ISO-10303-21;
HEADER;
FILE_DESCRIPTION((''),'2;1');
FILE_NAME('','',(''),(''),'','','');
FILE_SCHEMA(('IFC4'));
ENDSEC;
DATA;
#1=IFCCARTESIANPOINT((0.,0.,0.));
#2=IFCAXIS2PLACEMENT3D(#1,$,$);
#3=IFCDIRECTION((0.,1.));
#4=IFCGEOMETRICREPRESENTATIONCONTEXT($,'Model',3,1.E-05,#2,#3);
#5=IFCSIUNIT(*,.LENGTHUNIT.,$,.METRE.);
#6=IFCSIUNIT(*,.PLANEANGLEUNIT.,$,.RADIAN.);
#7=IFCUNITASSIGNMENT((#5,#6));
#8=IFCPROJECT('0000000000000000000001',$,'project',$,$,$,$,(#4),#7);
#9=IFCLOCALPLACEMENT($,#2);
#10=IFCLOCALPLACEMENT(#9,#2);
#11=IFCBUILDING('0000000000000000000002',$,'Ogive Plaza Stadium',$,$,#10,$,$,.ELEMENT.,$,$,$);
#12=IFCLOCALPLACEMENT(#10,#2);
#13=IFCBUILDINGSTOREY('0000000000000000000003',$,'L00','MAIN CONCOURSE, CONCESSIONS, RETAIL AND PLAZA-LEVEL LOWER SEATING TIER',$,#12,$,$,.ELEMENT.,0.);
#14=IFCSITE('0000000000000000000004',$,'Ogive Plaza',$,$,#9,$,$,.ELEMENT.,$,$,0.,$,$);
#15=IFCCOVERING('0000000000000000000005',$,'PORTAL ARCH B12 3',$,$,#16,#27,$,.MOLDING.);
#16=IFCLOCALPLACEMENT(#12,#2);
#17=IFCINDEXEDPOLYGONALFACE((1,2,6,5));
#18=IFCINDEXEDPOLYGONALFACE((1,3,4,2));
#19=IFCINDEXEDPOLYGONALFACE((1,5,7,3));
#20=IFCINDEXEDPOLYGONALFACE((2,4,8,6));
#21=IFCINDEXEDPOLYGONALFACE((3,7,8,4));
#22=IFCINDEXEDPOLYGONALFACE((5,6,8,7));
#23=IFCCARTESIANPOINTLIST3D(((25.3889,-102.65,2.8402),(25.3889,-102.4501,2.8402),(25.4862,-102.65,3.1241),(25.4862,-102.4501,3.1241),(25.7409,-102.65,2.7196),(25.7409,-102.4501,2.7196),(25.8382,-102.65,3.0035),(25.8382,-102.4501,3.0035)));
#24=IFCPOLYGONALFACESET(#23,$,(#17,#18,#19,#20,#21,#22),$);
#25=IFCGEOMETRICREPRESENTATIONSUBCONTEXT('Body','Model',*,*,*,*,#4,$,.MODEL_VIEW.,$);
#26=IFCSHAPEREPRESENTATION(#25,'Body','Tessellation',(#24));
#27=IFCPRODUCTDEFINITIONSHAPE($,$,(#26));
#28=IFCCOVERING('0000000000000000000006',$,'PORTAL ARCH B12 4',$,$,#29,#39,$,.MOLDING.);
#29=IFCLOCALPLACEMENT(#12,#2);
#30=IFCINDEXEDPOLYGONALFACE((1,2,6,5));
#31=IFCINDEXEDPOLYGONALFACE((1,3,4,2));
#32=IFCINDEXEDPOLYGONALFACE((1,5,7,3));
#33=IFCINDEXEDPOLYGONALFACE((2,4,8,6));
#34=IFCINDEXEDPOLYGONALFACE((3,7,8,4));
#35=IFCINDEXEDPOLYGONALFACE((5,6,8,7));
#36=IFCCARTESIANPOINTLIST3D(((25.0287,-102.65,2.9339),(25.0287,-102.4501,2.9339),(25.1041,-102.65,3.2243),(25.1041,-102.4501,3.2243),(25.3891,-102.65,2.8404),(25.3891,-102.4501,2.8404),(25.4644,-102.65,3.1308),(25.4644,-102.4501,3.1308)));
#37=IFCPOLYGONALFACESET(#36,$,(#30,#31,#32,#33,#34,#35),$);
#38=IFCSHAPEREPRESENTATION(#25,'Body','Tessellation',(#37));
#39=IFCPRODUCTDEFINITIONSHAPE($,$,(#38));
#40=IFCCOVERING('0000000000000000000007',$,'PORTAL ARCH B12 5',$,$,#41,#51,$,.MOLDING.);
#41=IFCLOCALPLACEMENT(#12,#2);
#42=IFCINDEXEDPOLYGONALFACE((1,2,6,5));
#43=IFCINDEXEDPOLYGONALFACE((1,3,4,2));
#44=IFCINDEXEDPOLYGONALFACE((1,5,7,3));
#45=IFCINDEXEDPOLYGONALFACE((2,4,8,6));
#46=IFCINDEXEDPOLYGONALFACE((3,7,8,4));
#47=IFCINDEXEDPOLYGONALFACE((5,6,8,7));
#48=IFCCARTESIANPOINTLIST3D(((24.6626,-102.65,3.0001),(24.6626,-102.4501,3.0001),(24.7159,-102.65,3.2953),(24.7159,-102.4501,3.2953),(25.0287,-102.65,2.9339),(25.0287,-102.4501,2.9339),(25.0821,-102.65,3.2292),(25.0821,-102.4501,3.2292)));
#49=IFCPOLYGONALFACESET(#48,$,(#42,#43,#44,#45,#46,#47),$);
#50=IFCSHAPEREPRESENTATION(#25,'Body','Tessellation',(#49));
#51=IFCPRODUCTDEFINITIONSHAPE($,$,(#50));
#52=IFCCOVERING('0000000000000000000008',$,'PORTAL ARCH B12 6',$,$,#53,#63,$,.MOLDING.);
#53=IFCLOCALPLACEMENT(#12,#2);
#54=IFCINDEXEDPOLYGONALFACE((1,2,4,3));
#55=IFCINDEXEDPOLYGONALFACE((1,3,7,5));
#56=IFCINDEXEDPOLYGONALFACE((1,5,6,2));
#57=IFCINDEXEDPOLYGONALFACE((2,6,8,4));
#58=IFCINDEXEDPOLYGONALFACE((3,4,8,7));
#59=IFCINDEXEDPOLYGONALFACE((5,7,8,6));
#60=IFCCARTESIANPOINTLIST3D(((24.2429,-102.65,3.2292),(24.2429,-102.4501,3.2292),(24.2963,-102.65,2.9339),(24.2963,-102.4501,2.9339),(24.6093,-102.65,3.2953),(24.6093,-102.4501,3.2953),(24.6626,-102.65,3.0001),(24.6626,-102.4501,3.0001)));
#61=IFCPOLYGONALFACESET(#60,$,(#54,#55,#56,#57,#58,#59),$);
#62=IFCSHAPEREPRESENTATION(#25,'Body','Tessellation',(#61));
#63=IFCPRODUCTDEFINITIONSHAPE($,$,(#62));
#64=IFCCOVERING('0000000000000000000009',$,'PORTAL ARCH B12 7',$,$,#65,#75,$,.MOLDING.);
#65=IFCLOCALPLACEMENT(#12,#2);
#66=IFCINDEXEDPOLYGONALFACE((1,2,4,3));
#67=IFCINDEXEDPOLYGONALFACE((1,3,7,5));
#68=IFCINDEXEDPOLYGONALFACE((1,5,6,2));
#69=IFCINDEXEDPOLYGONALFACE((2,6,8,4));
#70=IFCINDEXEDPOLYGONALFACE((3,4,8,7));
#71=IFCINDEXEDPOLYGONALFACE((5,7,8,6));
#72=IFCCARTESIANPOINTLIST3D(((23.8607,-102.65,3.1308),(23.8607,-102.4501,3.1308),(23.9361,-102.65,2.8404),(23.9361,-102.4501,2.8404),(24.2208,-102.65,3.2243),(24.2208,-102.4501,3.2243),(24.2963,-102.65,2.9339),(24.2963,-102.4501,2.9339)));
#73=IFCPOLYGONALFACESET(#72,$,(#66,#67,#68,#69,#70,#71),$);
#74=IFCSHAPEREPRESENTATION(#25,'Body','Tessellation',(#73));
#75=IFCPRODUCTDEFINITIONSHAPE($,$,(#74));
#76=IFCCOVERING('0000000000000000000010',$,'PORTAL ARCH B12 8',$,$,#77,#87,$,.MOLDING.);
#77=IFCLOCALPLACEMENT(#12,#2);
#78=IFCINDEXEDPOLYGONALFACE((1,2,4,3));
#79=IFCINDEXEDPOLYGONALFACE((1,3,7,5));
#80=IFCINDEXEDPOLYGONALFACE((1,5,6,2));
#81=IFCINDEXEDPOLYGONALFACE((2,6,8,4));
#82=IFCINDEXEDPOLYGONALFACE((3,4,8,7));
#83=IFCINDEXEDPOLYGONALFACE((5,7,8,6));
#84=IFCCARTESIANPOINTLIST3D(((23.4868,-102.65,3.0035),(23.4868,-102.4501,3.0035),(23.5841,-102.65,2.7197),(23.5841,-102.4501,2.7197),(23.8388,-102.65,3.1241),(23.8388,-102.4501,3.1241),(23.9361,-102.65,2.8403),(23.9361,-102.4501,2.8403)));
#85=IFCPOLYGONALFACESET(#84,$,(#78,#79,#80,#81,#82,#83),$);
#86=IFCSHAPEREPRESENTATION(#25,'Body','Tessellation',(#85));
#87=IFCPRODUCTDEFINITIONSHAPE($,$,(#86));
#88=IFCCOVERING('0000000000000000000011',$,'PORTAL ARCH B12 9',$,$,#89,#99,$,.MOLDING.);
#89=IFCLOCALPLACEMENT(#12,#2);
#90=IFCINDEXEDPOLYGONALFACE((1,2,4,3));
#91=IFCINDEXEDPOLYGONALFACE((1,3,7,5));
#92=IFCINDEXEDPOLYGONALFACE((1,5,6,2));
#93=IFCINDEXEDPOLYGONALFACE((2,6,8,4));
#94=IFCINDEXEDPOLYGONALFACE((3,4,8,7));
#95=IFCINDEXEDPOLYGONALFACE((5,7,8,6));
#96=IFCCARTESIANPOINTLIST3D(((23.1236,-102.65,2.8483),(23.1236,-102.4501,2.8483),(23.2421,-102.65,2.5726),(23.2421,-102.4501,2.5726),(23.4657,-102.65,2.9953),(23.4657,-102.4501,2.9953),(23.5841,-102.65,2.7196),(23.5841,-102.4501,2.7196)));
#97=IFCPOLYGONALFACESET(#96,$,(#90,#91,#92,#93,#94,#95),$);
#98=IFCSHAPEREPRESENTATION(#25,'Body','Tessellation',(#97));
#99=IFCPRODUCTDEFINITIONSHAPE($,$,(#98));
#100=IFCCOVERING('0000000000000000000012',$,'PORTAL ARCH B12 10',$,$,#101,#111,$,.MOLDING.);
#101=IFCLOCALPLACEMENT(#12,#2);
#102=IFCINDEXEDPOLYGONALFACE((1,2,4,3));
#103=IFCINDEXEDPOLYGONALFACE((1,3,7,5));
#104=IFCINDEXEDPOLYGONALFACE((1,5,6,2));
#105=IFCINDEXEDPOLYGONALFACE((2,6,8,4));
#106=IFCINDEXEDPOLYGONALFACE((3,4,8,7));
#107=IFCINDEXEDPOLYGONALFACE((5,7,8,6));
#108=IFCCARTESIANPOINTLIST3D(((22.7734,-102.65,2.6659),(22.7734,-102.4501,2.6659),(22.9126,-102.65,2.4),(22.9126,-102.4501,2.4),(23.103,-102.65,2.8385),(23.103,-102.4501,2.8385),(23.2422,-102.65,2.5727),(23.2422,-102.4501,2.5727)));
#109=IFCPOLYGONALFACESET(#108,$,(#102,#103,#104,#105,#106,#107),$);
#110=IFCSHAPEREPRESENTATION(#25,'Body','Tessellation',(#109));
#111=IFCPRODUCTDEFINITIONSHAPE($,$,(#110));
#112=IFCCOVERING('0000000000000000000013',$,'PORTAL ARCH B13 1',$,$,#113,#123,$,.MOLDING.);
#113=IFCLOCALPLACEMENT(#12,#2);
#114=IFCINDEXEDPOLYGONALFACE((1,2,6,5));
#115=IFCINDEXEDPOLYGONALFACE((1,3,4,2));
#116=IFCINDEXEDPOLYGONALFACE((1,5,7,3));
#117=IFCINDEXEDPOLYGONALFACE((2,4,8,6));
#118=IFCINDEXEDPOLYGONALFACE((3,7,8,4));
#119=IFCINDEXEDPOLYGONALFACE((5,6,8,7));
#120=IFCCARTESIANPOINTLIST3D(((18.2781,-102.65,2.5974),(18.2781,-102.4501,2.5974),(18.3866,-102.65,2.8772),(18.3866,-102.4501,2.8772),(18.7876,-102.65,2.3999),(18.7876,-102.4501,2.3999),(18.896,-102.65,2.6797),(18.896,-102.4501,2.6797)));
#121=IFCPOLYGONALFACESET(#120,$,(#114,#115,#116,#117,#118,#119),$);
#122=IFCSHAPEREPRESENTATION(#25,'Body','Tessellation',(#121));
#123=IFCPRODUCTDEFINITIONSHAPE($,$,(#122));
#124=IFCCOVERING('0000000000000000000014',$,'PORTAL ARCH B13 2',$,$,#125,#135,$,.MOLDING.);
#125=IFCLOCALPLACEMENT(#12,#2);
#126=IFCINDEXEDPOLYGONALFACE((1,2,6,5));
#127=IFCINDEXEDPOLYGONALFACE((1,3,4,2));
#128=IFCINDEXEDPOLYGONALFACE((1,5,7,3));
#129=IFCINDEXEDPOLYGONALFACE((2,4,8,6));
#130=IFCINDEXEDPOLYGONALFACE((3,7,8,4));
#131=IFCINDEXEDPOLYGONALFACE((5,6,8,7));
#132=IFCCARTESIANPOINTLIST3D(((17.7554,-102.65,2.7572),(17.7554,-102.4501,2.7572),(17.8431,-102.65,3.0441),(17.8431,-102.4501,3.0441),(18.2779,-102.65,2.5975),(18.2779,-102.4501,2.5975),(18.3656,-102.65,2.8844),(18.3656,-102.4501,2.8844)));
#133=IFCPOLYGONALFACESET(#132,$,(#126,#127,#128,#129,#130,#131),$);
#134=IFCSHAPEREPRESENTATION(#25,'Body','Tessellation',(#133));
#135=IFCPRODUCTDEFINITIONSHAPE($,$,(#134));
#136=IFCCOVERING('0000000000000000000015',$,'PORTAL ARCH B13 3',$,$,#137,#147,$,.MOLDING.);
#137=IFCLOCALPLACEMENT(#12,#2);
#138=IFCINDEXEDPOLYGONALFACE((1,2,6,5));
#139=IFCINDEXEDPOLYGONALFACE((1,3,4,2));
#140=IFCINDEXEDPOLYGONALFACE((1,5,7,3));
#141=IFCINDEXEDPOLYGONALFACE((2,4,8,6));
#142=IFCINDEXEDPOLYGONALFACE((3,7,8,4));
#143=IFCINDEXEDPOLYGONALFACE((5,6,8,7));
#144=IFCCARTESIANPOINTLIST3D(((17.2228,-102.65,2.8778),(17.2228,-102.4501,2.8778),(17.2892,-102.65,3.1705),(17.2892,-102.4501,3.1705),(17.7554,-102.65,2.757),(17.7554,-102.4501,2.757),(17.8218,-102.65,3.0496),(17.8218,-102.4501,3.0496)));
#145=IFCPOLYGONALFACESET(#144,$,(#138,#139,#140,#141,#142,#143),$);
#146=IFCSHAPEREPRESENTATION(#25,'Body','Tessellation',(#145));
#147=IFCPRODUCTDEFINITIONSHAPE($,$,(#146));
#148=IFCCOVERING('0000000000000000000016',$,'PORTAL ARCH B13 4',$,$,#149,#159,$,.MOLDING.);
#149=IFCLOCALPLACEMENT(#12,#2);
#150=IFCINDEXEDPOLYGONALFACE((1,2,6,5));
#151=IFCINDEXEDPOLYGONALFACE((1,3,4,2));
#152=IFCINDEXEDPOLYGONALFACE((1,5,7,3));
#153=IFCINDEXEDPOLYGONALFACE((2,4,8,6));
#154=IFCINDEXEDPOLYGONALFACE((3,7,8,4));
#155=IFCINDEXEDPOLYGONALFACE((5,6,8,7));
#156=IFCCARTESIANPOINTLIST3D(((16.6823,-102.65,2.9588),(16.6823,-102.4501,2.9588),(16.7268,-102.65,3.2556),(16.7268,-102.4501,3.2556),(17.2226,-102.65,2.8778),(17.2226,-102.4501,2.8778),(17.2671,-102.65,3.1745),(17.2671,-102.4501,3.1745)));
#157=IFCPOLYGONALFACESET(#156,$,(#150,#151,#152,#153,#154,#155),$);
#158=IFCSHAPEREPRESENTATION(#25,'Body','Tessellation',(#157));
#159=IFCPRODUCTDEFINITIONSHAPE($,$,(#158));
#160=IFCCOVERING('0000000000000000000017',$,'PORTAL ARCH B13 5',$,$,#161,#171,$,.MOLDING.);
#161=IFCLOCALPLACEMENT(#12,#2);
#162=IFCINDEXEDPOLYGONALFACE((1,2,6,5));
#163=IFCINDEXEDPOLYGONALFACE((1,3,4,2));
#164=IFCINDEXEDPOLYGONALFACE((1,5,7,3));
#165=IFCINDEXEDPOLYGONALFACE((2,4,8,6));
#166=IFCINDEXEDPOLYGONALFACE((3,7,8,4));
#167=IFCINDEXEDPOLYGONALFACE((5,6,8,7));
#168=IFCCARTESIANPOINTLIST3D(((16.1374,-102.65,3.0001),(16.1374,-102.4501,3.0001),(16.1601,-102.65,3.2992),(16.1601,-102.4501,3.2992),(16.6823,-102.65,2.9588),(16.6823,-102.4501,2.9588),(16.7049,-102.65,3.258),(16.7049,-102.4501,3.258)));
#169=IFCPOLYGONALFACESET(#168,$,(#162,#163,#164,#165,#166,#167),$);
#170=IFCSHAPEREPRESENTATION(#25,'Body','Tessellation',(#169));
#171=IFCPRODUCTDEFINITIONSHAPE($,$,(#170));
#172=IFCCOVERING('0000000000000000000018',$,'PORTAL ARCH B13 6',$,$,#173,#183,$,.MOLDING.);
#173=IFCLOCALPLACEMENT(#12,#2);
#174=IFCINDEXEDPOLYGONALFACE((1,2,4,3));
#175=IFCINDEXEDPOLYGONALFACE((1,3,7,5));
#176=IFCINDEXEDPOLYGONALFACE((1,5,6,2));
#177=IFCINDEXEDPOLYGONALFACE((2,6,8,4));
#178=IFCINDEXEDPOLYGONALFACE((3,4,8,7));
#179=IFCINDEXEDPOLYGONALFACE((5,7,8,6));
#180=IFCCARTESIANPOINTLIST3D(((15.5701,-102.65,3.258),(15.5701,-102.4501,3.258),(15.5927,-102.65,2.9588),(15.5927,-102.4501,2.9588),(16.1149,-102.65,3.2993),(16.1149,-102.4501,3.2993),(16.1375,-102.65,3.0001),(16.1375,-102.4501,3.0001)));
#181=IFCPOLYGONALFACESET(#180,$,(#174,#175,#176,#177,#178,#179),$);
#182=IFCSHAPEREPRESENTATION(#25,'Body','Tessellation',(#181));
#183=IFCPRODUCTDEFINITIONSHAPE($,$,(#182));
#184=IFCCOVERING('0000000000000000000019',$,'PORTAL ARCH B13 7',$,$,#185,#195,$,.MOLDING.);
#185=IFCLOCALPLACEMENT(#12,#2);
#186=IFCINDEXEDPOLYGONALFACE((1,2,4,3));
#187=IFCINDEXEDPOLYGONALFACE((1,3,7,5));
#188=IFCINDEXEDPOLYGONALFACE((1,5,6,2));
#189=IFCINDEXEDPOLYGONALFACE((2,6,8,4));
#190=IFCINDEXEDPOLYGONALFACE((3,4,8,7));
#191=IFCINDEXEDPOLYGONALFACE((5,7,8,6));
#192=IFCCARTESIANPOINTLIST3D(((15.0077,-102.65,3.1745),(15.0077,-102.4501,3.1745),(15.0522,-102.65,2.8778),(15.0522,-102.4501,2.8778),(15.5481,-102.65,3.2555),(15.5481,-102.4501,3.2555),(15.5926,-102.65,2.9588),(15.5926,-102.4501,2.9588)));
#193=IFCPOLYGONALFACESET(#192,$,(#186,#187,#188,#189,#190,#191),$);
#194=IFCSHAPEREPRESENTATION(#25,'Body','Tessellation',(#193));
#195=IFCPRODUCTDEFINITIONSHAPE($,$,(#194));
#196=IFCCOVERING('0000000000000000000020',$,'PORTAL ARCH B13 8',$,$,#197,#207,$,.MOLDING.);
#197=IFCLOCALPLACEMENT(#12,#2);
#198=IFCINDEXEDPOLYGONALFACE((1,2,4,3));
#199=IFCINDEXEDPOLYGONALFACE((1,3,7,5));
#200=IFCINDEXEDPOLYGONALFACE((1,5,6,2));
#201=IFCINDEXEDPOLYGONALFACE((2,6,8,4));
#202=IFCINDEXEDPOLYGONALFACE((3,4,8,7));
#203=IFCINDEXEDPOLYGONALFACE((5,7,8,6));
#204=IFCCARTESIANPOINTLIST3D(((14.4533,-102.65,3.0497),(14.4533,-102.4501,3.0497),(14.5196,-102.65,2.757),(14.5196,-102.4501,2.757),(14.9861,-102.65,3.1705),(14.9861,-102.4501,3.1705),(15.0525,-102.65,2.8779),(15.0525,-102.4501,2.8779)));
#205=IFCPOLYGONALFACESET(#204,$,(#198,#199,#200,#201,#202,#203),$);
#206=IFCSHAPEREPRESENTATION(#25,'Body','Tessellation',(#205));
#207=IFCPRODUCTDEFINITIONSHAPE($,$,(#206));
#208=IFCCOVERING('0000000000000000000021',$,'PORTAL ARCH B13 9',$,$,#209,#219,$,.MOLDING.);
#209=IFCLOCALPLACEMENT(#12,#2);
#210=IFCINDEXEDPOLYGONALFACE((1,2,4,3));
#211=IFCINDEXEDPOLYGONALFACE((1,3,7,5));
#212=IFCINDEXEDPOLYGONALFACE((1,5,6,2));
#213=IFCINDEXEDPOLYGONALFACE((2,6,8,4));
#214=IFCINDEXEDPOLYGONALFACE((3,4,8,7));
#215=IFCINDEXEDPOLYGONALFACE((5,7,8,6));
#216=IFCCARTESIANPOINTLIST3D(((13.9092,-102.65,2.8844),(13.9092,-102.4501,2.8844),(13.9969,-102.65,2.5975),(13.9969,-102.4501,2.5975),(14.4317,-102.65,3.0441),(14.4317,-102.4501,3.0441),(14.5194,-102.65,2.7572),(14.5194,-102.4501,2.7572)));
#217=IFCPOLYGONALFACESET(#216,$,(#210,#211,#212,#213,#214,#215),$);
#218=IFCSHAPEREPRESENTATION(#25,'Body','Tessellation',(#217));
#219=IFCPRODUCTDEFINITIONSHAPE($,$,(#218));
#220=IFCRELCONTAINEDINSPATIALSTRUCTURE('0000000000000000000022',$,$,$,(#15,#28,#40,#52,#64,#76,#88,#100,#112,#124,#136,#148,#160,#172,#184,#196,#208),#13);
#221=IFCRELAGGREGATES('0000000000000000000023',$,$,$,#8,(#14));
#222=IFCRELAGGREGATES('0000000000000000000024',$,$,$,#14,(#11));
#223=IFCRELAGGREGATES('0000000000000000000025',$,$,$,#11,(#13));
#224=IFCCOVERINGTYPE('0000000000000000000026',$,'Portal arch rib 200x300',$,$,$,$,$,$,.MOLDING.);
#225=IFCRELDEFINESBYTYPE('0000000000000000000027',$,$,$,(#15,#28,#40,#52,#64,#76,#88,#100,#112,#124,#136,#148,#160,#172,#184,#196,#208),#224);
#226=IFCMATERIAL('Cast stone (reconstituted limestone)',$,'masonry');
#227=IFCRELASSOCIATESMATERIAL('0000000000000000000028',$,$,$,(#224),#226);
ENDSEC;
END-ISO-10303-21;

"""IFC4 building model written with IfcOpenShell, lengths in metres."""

from ifc_helpers import new_model, si_unit, direction, frame, origin, origin_2d, place, context, subcontext, project, spatial, rectangle, extrude, material, material_profile, profile_set, type_object, element, save


model = new_model("IFC4")

# Units and contexts
model_context = context("Model", 3, precision=1e-05, world=origin(), true_north=direction((0.0, 1.0)))
body_context = subcontext(model_context, "Body", "Model", "MODEL_VIEW")
ifc_project = project(units=[si_unit("LENGTHUNIT", "METRE"), si_unit("PLANEANGLEUNIT", "RADIAN")], contexts=[model_context])

# Site, building, storey
site_placement = place(None, origin())
site = spatial("IfcSite", under=ifc_project, at=site_placement, Name="Ogive Plaza", CompositionType="ELEMENT", RefElevation=0.0)
building_placement = place(site_placement, origin())
building = spatial("IfcBuilding", under=site, at=building_placement, Name="Ogive Plaza Stadium", CompositionType="ELEMENT")
storey_placement = place(building_placement, origin())
storey = spatial("IfcBuildingStorey", under=building, at=storey_placement, Name="L00", Description="MAIN CONCOURSE, CONCESSIONS, RETAIL AND PLAZA-LEVEL LOWER SEATING TIER", CompositionType="ELEMENT", Elevation=0.0)

# Coverings
ifc_material = material(Name="Cast stone (reconstituted limestone)", Category="masonry")
ifc_material_profile = material_profile(ifc_material, rectangle(XDim=0.2, YDim=0.3, at=origin_2d()), Name="Cast stone 200x300")
ifc_profile_set = profile_set([ifc_material_profile], Name="Cast stone (reconstituted limestone)")
covering_type = type_object("IfcCoveringType", Name="Portal arch rib 200x300", PredefinedType="MOLDING", material=ifc_profile_set)
covering_1_placement = place(storey_placement, frame((25.7896, -102.55, 2.8616), z_axis=(-0.946026, 0.0, 0.324089), x_axis=(0.0, -1.0, 0.0)))
element("IfcCovering", 1, at=covering_1_placement, inside=storey, type_object=covering_type, Name="PORTAL ARCH B12 3", PredefinedType="MOLDING", context=body_context, shape_type="SweptSolid", body=[
    extrude(rectangle(XDim=0.2, YDim=0.3, at=origin_2d()), origin(), (0.0, 0.0, 1.0), 0.3721),
])
covering_2_placement = place(storey_placement, frame((25.4268, -102.55, 2.9856), z_axis=(-0.967944, 0.0, 0.251167), x_axis=(0.0, -1.0, 0.0)))
element("IfcCovering", 2, at=covering_2_placement, inside=storey, type_object=covering_type, Name="PORTAL ARCH B12 4", PredefinedType="MOLDING", context=body_context, shape_type="SweptSolid", body=[
    extrude(rectangle(XDim=0.2, YDim=0.3, at=origin_2d()), origin(), (0.0, 0.0, 1.0), 0.3723),
])
covering_3_placement = place(storey_placement, frame((25.0554, -102.55, 3.0815), z_axis=(-0.984069, 0.0, 0.177788), x_axis=(0.0, -1.0, 0.0)))
element("IfcCovering", 3, at=covering_3_placement, inside=storey, type_object=covering_type, Name="PORTAL ARCH B12 5", PredefinedType="MOLDING", context=body_context, shape_type="SweptSolid", body=[
    extrude(rectangle(XDim=0.2, YDim=0.3, at=origin_2d()), origin(), (0.0, 0.0, 1.0), 0.3721),
])
covering_4_placement = place(storey_placement, frame((24.636, -102.55, 3.1477), z_axis=(-0.984089, 0.0, -0.177674), x_axis=(0.0, -1.0, 0.0)))
element("IfcCovering", 4, at=covering_4_placement, inside=storey, type_object=covering_type, Name="PORTAL ARCH B12 6", PredefinedType="MOLDING", context=body_context, shape_type="SweptSolid", body=[
    extrude(rectangle(XDim=0.2, YDim=0.3, at=origin_2d()), origin(), (0.0, 0.0, 1.0), 0.3723),
])
for number, where, z_axis, x_axis, name in (
    (5, (24.2585, -102.55, 3.0791), (-0.967902, 0.0, -0.251327), (0.0, -1.0, 0.0), "PORTAL ARCH B12 7"),
    (6, (23.8875, -102.55, 2.9822), (-0.946026, 0.0, -0.324089), (0.0, -1.0, 0.0), "PORTAL ARCH B12 8"),
):
    element("IfcCovering", number, at=place(storey_placement, frame(where, z_axis=z_axis, x_axis=x_axis)), inside=storey, type_object=covering_type, Name=name, PredefinedType="MOLDING", context=body_context, shape_type="SweptSolid", body=[
        extrude(rectangle(XDim=0.2, YDim=0.3, at=origin_2d()), origin(), (0.0, 0.0, 1.0), 0.3721),
    ])
covering_5_placement = place(storey_placement, frame((23.5249, -102.55, 2.8574), z_axis=(-0.918771, 0.0, -0.39479), x_axis=(0.0, -1.0, 0.0)))
element("IfcCovering", 7, at=covering_5_placement, inside=storey, type_object=covering_type, Name="PORTAL ARCH B12 9", PredefinedType="MOLDING", context=body_context, shape_type="SweptSolid", body=[
    extrude(rectangle(XDim=0.2, YDim=0.3, at=origin_2d()), origin(), (0.0, 0.0, 1.0), 0.3723),
])
covering_6_placement = place(storey_placement, frame((23.1726, -102.55, 2.7056), z_axis=(-0.88587, 0.0, -0.463933), x_axis=(0.0, -1.0, 0.0)))
element("IfcCovering", 8, at=covering_6_placement, inside=storey, type_object=covering_type, Name="PORTAL ARCH B12 10", PredefinedType="MOLDING", context=body_context, shape_type="SweptSolid", body=[
    extrude(rectangle(XDim=0.2, YDim=0.3, at=origin_2d()), origin(), (0.0, 0.0, 1.0), 0.3721),
])
for number, where, z_axis, x_axis, name in (
    (9, (18.8418, -102.55, 2.5398), (-0.932398, 0.0, 0.361433), (0.0, -1.0, 0.0), "PORTAL ARCH B13 1"),
    (10, (18.3218, -102.55, 2.741), (-0.956338, 0.0, 0.292264), (0.0, -1.0, 0.0), "PORTAL ARCH B13 2"),
):
    element("IfcCovering", number, at=place(storey_placement, frame(where, z_axis=z_axis, x_axis=x_axis)), inside=storey, type_object=covering_type, Name=name, PredefinedType="MOLDING", context=body_context, shape_type="SweptSolid", body=[
        extrude(rectangle(XDim=0.2, YDim=0.3, at=origin_2d()), origin(), (0.0, 0.0, 1.0), 0.5464),
    ])
covering_7_placement = place(storey_placement, frame((17.7886, -102.55, 2.9033), z_axis=(-0.975221, 0.0, 0.221235), x_axis=(0.0, -1.0, 0.0)))
element("IfcCovering", 11, at=covering_7_placement, inside=storey, type_object=covering_type, Name="PORTAL ARCH B13 3", PredefinedType="MOLDING", context=body_context, shape_type="SweptSolid", body=[
    extrude(rectangle(XDim=0.2, YDim=0.3, at=origin_2d()), origin(), (0.0, 0.0, 1.0), 0.5461),
])
for number, where, z_axis, x_axis, name in (
    (12, (17.2449, -102.55, 3.0261), (-0.988933, 0.0, 0.148362), (0.0, -1.0, 0.0), "PORTAL ARCH B13 4"),
    (13, (16.6936, -102.55, 3.1084), (-0.997146, 0.0, 0.075501), (0.0, -1.0, 0.0), "PORTAL ARCH B13 5"),
    (14, (16.1262, -102.55, 3.1497), (-0.997146, 0.0, -0.075501), (0.0, -1.0, 0.0), "PORTAL ARCH B13 6"),
    (15, (15.5703, -102.55, 3.1072), (-0.988933, 0.0, -0.148362), (0.0, -1.0, 0.0), "PORTAL ARCH B13 7"),
    (16, (15.0193, -102.55, 3.0242), (-0.975242, 0.0, -0.221138), (0.0, -1.0, 0.0), "PORTAL ARCH B13 8"),
    (17, (14.4756, -102.55, 2.9006), (-0.956338, 0.0, -0.292264), (0.0, -1.0, 0.0), "PORTAL ARCH B13 9"),
):
    element("IfcCovering", number, at=place(storey_placement, frame(where, z_axis=z_axis, x_axis=x_axis)), inside=storey, type_object=covering_type, Name=name, PredefinedType="MOLDING", context=body_context, shape_type="SweptSolid", body=[
        extrude(rectangle(XDim=0.2, YDim=0.3, at=origin_2d()), origin(), (0.0, 0.0, 1.0), 0.5464),
    ])

save(model, "model.ifc")
